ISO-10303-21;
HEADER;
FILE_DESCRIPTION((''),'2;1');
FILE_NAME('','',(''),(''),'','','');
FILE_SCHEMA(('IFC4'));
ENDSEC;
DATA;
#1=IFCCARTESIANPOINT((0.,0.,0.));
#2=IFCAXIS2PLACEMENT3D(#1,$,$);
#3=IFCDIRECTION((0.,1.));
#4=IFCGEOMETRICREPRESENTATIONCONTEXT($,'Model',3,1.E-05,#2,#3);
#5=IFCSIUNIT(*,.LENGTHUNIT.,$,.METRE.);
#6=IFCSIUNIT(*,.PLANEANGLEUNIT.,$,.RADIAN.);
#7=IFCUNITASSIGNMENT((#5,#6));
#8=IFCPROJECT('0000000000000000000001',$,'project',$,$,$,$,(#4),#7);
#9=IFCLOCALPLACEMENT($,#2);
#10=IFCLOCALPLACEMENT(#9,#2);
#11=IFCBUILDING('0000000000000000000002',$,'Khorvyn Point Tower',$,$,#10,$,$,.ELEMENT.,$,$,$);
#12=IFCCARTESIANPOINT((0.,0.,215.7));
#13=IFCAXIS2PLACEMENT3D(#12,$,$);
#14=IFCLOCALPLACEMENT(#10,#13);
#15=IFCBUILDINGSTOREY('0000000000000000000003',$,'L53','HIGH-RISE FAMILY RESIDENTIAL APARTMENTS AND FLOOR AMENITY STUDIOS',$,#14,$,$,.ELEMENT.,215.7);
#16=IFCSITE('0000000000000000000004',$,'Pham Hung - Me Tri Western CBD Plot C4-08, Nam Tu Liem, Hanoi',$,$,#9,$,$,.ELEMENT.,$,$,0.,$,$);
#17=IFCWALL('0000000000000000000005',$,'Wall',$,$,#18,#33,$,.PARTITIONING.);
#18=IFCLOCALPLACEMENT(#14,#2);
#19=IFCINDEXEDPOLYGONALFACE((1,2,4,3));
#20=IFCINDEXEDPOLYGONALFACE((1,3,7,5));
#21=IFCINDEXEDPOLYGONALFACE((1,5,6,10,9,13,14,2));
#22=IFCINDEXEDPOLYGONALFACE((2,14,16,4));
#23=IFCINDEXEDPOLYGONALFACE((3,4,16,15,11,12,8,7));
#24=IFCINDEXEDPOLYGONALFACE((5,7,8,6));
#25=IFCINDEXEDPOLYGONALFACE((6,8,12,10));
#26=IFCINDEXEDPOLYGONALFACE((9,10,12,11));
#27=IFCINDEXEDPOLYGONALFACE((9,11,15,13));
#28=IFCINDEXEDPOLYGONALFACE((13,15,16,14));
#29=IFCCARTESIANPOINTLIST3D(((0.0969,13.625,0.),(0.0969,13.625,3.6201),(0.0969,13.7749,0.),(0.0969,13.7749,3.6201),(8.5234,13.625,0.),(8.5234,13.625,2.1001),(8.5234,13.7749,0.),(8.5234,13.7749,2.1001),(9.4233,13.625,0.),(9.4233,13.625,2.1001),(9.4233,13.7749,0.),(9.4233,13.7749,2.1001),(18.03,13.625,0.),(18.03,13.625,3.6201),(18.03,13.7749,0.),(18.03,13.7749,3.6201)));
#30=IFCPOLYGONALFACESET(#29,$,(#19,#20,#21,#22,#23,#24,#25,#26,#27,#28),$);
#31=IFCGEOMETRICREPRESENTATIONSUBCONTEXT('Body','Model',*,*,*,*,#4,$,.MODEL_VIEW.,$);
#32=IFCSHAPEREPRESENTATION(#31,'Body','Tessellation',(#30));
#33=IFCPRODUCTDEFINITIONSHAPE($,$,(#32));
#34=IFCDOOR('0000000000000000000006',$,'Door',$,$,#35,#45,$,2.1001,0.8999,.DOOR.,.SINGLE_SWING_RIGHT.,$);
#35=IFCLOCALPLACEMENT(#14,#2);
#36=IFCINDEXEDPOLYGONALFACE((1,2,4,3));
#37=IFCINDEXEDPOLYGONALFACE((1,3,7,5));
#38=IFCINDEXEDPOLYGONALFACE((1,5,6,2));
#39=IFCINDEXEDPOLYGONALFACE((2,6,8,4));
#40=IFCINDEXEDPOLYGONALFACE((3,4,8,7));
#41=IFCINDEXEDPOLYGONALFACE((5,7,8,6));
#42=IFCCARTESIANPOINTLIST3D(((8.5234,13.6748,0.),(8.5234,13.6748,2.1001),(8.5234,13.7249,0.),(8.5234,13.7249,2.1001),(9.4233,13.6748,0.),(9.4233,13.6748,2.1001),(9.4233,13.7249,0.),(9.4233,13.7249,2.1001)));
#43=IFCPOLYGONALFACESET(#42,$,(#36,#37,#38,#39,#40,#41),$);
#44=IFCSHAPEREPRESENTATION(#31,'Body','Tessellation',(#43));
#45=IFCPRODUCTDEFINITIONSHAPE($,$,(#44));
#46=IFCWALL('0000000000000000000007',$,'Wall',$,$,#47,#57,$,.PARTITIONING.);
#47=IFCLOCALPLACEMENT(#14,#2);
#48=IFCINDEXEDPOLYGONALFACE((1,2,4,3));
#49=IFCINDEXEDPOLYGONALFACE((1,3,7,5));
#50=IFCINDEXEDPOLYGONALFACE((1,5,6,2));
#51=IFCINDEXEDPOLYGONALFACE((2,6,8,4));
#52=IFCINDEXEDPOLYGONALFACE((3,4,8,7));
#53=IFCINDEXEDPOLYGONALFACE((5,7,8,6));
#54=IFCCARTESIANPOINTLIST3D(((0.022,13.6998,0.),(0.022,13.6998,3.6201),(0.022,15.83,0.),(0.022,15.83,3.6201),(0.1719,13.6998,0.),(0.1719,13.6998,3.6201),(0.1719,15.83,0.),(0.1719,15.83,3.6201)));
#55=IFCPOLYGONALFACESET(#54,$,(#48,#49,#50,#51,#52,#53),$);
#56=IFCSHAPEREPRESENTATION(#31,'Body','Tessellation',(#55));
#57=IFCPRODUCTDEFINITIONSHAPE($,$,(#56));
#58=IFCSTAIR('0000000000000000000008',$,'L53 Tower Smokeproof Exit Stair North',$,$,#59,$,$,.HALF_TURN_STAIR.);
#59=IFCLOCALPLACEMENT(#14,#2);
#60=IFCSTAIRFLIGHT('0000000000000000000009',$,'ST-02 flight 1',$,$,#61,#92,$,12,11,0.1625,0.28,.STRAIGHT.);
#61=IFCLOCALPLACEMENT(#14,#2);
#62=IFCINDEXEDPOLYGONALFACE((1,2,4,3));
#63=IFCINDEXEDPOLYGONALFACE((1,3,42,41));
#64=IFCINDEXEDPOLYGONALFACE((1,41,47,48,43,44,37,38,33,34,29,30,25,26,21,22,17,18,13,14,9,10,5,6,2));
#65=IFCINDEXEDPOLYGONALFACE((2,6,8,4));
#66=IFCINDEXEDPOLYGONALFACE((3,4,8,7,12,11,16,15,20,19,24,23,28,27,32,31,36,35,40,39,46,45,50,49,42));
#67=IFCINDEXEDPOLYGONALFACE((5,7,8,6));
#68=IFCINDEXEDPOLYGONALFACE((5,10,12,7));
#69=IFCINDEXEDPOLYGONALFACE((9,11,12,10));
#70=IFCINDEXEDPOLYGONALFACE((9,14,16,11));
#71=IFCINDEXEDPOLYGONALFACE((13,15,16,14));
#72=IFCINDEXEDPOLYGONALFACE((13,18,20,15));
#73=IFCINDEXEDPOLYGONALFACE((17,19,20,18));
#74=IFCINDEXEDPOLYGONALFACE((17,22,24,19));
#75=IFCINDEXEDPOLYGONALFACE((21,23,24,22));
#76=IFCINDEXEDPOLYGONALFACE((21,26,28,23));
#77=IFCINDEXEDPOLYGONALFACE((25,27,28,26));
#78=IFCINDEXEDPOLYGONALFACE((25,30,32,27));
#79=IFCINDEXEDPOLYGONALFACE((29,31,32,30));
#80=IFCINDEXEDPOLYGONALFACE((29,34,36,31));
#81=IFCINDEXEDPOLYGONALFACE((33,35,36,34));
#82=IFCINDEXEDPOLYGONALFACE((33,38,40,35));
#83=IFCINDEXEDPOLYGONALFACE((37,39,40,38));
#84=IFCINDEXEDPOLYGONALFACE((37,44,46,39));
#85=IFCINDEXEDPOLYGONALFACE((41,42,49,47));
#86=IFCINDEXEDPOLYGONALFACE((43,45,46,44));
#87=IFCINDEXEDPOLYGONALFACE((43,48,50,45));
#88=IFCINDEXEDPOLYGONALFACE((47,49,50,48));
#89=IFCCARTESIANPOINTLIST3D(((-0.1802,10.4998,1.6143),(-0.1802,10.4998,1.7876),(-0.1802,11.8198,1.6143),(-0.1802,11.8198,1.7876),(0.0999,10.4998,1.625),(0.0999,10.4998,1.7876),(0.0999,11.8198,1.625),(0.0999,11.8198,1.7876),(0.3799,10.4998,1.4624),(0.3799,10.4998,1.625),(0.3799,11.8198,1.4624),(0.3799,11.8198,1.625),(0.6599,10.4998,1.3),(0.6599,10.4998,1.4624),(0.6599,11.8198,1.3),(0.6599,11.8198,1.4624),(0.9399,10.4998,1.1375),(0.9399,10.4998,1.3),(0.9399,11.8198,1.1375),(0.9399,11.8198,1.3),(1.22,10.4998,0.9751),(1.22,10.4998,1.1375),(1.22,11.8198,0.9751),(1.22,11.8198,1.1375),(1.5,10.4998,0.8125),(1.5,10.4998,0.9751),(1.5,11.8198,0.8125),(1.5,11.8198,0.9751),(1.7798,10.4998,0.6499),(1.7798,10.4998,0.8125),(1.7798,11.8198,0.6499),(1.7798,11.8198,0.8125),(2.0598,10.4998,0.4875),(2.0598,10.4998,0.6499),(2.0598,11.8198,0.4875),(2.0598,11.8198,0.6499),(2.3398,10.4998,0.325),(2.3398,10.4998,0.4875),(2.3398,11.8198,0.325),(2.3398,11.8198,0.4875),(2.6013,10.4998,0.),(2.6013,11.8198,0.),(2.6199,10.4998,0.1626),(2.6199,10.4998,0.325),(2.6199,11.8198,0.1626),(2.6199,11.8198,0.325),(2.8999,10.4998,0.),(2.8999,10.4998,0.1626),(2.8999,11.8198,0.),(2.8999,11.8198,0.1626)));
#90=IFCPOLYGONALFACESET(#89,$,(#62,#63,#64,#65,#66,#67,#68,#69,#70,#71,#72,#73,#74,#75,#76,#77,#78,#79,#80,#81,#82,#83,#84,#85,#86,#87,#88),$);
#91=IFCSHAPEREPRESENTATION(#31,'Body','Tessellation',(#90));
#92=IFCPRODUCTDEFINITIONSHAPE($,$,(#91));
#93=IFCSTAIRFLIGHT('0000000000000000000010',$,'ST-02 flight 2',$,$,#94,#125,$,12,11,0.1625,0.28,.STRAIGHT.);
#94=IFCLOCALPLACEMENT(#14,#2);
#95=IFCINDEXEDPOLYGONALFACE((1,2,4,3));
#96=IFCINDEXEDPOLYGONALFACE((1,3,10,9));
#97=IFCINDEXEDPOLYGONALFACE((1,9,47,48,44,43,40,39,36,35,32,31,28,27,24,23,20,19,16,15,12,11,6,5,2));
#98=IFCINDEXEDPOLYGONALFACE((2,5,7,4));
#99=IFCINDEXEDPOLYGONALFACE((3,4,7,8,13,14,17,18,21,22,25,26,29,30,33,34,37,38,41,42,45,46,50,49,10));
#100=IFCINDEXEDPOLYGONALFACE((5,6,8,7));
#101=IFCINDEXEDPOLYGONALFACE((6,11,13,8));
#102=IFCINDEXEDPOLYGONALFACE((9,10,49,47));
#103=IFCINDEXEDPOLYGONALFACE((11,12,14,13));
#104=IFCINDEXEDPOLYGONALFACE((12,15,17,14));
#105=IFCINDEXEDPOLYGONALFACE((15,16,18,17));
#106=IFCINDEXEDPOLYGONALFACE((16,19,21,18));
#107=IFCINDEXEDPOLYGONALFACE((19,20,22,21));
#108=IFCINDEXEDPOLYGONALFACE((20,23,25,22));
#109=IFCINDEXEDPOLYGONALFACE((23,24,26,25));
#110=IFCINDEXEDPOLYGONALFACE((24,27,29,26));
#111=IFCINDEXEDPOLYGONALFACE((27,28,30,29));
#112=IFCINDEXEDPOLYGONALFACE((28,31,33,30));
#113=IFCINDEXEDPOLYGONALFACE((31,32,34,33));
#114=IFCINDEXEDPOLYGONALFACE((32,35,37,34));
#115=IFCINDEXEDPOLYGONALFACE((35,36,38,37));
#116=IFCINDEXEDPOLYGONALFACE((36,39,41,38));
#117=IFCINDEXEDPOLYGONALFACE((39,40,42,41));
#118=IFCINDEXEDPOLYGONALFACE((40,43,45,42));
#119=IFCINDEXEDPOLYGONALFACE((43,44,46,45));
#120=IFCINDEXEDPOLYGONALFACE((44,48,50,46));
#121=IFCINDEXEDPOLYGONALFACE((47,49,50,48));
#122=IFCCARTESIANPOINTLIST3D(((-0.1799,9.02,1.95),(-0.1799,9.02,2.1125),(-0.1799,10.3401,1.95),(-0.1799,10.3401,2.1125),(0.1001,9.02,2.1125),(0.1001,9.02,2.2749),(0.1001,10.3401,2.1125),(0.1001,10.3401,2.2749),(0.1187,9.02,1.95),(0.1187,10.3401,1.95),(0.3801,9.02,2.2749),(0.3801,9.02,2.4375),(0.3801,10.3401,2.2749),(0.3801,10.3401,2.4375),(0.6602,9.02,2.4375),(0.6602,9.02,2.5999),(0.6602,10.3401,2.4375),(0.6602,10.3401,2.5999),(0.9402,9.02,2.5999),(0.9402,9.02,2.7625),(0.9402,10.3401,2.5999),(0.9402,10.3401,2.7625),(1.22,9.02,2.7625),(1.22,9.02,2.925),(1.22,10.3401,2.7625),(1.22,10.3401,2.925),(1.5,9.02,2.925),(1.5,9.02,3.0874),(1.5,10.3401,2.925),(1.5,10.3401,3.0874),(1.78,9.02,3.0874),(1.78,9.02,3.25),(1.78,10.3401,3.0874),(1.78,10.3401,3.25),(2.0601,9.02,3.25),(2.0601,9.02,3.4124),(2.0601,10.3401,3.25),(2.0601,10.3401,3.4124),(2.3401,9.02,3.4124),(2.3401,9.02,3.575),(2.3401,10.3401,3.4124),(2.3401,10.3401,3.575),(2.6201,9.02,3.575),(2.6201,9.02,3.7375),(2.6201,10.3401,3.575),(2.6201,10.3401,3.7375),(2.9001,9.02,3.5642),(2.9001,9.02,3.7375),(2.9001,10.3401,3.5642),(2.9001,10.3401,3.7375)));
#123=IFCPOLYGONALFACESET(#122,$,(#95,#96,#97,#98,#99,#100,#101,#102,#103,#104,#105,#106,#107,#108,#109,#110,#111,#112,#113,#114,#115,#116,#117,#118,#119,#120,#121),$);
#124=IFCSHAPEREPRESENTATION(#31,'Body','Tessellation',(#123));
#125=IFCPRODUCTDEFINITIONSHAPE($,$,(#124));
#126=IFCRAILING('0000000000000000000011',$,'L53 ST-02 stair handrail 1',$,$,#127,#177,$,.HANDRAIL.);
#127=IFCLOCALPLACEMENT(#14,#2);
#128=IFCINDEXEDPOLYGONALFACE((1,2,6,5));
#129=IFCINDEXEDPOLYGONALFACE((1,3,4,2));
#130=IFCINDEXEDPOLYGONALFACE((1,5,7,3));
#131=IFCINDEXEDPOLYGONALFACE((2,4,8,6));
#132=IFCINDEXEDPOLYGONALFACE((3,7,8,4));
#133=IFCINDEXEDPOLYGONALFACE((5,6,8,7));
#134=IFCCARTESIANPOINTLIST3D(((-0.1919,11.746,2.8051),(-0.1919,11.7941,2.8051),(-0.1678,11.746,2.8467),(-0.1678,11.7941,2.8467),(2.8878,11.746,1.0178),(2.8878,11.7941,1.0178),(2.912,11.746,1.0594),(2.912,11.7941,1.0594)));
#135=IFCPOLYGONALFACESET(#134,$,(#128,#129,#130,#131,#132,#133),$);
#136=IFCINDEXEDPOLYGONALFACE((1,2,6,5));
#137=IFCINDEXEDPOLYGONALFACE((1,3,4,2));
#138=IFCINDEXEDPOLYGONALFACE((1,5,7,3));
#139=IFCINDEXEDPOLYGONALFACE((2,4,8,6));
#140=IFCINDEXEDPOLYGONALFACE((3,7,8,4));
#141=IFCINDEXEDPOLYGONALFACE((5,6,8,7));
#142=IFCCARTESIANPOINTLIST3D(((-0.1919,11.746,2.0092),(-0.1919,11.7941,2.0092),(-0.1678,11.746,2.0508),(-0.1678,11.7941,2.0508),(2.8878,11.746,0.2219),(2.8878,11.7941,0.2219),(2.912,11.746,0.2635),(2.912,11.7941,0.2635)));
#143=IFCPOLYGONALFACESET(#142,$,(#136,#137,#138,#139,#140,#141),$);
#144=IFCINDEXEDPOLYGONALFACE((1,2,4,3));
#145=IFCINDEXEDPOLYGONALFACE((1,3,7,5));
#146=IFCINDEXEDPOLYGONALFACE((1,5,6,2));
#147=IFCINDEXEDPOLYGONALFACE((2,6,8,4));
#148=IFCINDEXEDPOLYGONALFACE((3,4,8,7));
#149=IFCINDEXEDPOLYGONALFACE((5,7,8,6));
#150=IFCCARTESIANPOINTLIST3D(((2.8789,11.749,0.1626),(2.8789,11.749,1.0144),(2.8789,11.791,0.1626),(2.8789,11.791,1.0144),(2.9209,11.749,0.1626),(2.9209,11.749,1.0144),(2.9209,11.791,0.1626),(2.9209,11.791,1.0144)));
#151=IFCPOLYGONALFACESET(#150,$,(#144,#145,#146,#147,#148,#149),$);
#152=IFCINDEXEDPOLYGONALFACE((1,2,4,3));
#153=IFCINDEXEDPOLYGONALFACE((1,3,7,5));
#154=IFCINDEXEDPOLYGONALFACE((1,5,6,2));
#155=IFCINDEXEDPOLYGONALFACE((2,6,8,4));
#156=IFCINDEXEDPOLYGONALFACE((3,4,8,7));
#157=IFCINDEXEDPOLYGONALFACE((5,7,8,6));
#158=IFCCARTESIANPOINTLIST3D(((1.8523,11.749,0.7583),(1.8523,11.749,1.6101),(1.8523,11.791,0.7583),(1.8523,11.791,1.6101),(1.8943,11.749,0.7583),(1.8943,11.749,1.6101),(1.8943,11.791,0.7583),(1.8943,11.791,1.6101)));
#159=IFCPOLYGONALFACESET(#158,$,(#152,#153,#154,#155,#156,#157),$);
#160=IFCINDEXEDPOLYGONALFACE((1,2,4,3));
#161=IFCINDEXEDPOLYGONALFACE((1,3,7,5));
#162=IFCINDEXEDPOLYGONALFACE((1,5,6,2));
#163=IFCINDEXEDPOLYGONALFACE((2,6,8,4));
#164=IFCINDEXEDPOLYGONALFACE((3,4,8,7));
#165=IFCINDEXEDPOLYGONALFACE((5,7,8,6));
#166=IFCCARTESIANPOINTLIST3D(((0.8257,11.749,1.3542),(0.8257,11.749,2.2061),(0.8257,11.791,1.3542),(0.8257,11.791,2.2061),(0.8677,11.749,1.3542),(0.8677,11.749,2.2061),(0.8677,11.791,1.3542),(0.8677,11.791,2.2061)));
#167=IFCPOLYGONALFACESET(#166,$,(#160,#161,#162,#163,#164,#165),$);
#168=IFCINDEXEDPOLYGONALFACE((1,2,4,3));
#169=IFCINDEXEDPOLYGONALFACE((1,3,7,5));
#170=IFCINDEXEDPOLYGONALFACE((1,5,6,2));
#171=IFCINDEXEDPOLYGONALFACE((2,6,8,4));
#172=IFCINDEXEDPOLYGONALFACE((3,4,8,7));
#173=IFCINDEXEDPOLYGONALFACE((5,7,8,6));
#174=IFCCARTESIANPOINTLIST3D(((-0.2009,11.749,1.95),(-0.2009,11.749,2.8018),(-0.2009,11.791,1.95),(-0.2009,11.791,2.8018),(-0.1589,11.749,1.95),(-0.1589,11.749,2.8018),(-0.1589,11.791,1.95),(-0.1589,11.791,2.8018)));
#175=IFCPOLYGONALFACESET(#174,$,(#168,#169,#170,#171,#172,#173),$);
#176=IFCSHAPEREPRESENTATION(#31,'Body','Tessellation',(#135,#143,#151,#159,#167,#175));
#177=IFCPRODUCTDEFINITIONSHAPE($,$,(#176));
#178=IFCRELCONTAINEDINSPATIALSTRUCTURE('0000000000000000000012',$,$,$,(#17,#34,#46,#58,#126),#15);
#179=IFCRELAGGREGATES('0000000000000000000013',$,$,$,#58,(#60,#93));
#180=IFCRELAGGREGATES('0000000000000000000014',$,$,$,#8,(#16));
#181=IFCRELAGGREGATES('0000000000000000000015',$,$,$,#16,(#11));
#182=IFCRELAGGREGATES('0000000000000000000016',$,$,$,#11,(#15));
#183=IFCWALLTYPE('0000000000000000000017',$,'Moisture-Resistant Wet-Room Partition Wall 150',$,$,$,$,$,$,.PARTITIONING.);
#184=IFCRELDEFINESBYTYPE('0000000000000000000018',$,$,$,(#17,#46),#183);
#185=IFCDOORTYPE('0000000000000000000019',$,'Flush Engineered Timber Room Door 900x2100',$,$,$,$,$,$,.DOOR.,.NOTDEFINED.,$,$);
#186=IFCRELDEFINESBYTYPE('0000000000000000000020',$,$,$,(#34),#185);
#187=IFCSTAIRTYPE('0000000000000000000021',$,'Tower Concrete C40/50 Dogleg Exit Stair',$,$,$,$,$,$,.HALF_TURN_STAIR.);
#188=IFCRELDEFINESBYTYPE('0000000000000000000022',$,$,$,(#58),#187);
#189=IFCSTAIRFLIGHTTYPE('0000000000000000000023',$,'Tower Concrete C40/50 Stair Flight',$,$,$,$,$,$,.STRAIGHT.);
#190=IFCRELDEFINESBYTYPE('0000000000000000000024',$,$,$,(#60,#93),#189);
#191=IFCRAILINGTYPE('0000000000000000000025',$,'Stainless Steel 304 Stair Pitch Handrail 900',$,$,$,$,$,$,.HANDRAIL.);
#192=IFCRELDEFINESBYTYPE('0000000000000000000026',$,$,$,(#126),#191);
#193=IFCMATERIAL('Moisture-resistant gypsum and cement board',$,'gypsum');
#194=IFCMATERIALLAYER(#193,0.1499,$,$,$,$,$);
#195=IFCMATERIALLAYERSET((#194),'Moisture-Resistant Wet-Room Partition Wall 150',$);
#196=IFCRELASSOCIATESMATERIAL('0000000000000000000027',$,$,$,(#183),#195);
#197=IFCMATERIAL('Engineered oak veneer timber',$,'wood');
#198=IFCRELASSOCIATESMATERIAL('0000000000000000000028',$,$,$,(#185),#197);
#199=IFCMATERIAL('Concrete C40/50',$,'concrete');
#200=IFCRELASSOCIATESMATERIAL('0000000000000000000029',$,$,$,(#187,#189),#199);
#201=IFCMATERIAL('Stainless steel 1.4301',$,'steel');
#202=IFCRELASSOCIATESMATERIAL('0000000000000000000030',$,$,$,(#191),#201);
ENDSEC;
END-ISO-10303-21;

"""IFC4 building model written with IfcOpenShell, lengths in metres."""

from ifc_helpers import new_model, si_unit, direction, frame, frame_2d, origin, origin_2d, place, context, subcontext, project, spatial, polyline, rectangle, outline, extrude, material, layer, layer_set, type_object, element, fill, aggregate, save


model = new_model("IFC4")

# Units and contexts
model_context = context("Model", 3, precision=1e-05, world=origin(), true_north=direction((0.0, 1.0)))
body_context = subcontext(model_context, "Body", "Model", "MODEL_VIEW")
ifc_project = project(units=[si_unit("LENGTHUNIT", "METRE"), si_unit("PLANEANGLEUNIT", "RADIAN")], contexts=[model_context])

# Site, building, storey
site_placement = place(None, origin())
site = spatial("IfcSite", under=ifc_project, at=site_placement, Name="Pham Hung - Me Tri Western CBD Plot C4-08, Nam Tu Liem, Hanoi", CompositionType="ELEMENT", RefElevation=0.0)
building_placement = place(site_placement, origin())
building = spatial("IfcBuilding", under=site, at=building_placement, Name="Khorvyn Point Tower", CompositionType="ELEMENT")
storey_placement = place(building_placement, frame((0.0, 0.0, 215.7)))
storey = spatial("IfcBuildingStorey", under=building, at=storey_placement, Name="L53", Description="HIGH-RISE FAMILY RESIDENTIAL APARTMENTS AND FLOOR AMENITY STUDIOS", CompositionType="ELEMENT", Elevation=215.7)

# Shared definitions
ifc_material_1 = material(Name="Concrete C40/50", Category="concrete")

# Wall, opening, door
ifc_material_2 = material(Name="Moisture-resistant gypsum and cement board", Category="gypsum")
ifc_layer_1 = layer(ifc_material_2, 0.1499)
ifc_layer_set_1 = layer_set([ifc_layer_1], Name="Moisture-Resistant Wet-Room Partition Wall 150")
wall_type_1 = type_object("IfcWallType", Name="Moisture-Resistant Wet-Room Partition Wall 150", PredefinedType="PARTITIONING", material=ifc_layer_set_1)
ifc_material_3 = material(Name="Engineered oak veneer timber", Category="wood")
door_type_1 = type_object("IfcDoorType", Name="Flush Engineered Timber Room Door 900x2100", OperationType="NOTDEFINED", PredefinedType="DOOR", material=ifc_material_3)
wall_1_placement = place(storey_placement, frame((0.0969, 13.7, 0.0), z_axis=(0.0, 0.0, 1.0), x_axis=(1.0, 0.0, 0.0)))
wall_1 = element("IfcWall", 1, at=wall_1_placement, inside=storey, type_object=wall_type_1, Name="Wall", PredefinedType="PARTITIONING", context=body_context, shape_type="SweptSolid", body=[
    extrude(rectangle(XDim=17.9331, YDim=0.1499, at=frame_2d((8.9666, 0.0))), origin(), (0.0, 0.0, 1.0), 3.6201),
])
opening_1_placement = place(wall_1_placement, frame((8.4265, 0.0, 0.0)))
opening_1 = element("IfcOpeningElement", 2, at=opening_1_placement, cuts=wall_1, PredefinedType="OPENING", context=body_context, shape_type="SweptSolid", body=[
    extrude(rectangle(XDim=0.8999, YDim=2.1001, at=frame_2d((0.45, 1.05))), frame((0.0, 0.085, 0.0), z_axis=(0.0, -1.0, 0.0), x_axis=(1.0, 0.0, 0.0)), (0.0, 0.0, 1.0), 0.1699),
])
door_1_placement = place(opening_1_placement, origin())
door_1 = element("IfcDoor", 3, at=door_1_placement, inside=storey, type_object=door_type_1, Name="Door", OperationType="SINGLE_SWING_RIGHT", OverallHeight=2.1001, OverallWidth=0.8999, PredefinedType="DOOR", context=body_context, shape_type="SweptSolid", body=[
    extrude(rectangle(XDim=0.8999, YDim=2.1001, at=frame_2d((0.45, 1.05))), frame((0.0, 0.0249, 0.0), z_axis=(0.0, -1.0, 0.0), x_axis=(1.0, 0.0, 0.0)), (0.0, 0.0, 1.0), 0.05),
])
fill(opening_1, door_1)

# Wall
wall_2_placement = place(storey_placement, frame((0.0969, 13.7, 0.0), z_axis=(0.0, 0.0, 1.0), x_axis=(0.0, 1.0, 0.0)))
element("IfcWall", 4, at=wall_2_placement, inside=storey, type_object=wall_type_1, Name="Wall", PredefinedType="PARTITIONING", context=body_context, shape_type="SweptSolid", body=[
    extrude(rectangle(XDim=2.1301, YDim=0.1499, at=frame_2d((1.0649, 0.0))), origin(), (0.0, 0.0, 1.0), 3.6201),
])

# Stair, stair flights
stair_type = type_object("IfcStairType", Name="Tower Concrete C40/50 Dogleg Exit Stair", PredefinedType="HALF_TURN_STAIR", material=ifc_material_1)
stair_placement = place(storey_placement, origin())
stair = element("IfcStair", 5, at=stair_placement, inside=storey, type_object=stair_type, Name="L53 Tower Smokeproof Exit Stair North", PredefinedType="HALF_TURN_STAIR")
stair_flight_type = type_object("IfcStairFlightType", Name="Tower Concrete C40/50 Stair Flight", PredefinedType="STRAIGHT", material=ifc_material_1)
stair_flight_1_placement = place(storey_placement, frame((2.8999, 11.1599, 0.0), z_axis=(0.0, 0.0, 1.0), x_axis=(-1.0, 0.0, 0.0)))
stair_flight_1 = element("IfcStairFlight", 6, at=stair_flight_1_placement, type_object=stair_flight_type, Name="ST-02 flight 1", NumberOfRisers=12, NumberOfTreads=11, PredefinedType="STRAIGHT", RiserHeight=0.1625, TreadLength=0.28, context=body_context, shape_type="SweptSolid", body=[
    extrude(outline(polyline([(0.0, 0.0), (0.0, 0.1626), (0.28, 0.1626), (0.28, 0.325), (0.5601, 0.325), (0.5601, 0.4875), (0.8401, 0.4875), (0.8401, 0.6499), (1.1201, 0.6499), (1.1201, 0.8125), (1.3999, 0.8125), (1.3999, 0.9751), (1.6799, 0.9751), (1.6799, 1.1375), (1.96, 1.1375), (1.96, 1.3), (2.24, 1.3), (2.24, 1.4624), (2.52, 1.4624), (2.52, 1.625), (2.8, 1.625), (2.8, 1.7876), (3.0801, 1.7876), (3.0801, 1.95), (3.0801, 1.6143), (0.2986, 0.0), (0.0, 0.0)])), frame((0.0, 0.6602, 0.0), z_axis=(0.0, -1.0, 0.0), x_axis=(1.0, 0.0, 0.0)), (0.0, 0.0, 1.0), 1.3201),
])
stair_flight_2_placement = place(storey_placement, frame((-0.1799, 9.6799, 1.95), z_axis=(0.0, 0.0, 1.0), x_axis=(1.0, 0.0, 0.0)))
stair_flight_2 = element("IfcStairFlight", 7, at=stair_flight_2_placement, type_object=stair_flight_type, Name="ST-02 flight 2", NumberOfRisers=12, NumberOfTreads=11, PredefinedType="STRAIGHT", RiserHeight=0.1625, TreadLength=0.28, context=body_context, shape_type="SweptSolid", body=[
    extrude(outline(polyline([(0.0, 0.0), (0.0, 0.1626), (0.28, 0.1626), (0.28, 0.325), (0.5601, 0.325), (0.5601, 0.4875), (0.8401, 0.4875), (0.8401, 0.6499), (1.1201, 0.6499), (1.1201, 0.8125), (1.3999, 0.8125), (1.3999, 0.9751), (1.6799, 0.9751), (1.6799, 1.1375), (1.96, 1.1375), (1.96, 1.3), (2.24, 1.3), (2.24, 1.4624), (2.52, 1.4624), (2.52, 1.625), (2.8, 1.625), (2.8, 1.7876), (3.0801, 1.7876), (3.0801, 1.95), (3.0801, 1.6143), (0.2986, 0.0), (0.0, 0.0)])), frame((0.0, 0.6602, 0.0), z_axis=(0.0, -1.0, 0.0), x_axis=(1.0, 0.0, 0.0)), (0.0, 0.0, 1.0), 1.3201),
])
aggregate(stair, [stair_flight_1, stair_flight_2])

# Railing
ifc_material_4 = material(Name="Stainless steel 1.4301", Category="steel")
railing_type_1 = type_object("IfcRailingType", Name="Stainless Steel 304 Stair Pitch Handrail 900", PredefinedType="HANDRAIL", material=ifc_material_4)
railing_1_placement = place(storey_placement, frame((2.8999, 11.77, 0.1626)))
element("IfcRailing", 8, at=railing_1_placement, inside=storey, type_object=railing_type_1, Name="L53 ST-02 stair handrail 1", PredefinedType="HANDRAIL", context=body_context, shape_type="SweptSolid", body=[
    extrude(rectangle(XDim=0.0481, YDim=0.0481, at=origin_2d()), frame((0.0, 0.0, 0.876), z_axis=(-0.864903, 0.0, 0.501939), x_axis=(0.0, -1.0, 0.0)), (0.0, 0.0, 1.0), 3.5608),
    extrude(rectangle(XDim=0.0481, YDim=0.0481, at=origin_2d()), frame((0.0, 0.0, 0.0801), z_axis=(-0.864903, 0.0, 0.501939), x_axis=(0.0, -1.0, 0.0)), (0.0, 0.0, 1.0), 3.5608),
    extrude(rectangle(XDim=0.042, YDim=0.042, at=origin_2d()), origin(), (0.0, 0.0, 1.0), 0.8518),
    extrude(rectangle(XDim=0.042, YDim=0.042, at=origin_2d()), frame((-1.0266, 0.0, 0.5957)), (0.0, 0.0, 1.0), 0.8518),
    extrude(rectangle(XDim=0.042, YDim=0.042, at=origin_2d()), frame((-2.0532, 0.0, 1.1917)), (0.0, 0.0, 1.0), 0.8518),
    extrude(rectangle(XDim=0.042, YDim=0.042, at=origin_2d()), frame((-3.0798, 0.0, 1.7874)), (0.0, 0.0, 1.0), 0.8518),
])

save(model, "model.ifc")
